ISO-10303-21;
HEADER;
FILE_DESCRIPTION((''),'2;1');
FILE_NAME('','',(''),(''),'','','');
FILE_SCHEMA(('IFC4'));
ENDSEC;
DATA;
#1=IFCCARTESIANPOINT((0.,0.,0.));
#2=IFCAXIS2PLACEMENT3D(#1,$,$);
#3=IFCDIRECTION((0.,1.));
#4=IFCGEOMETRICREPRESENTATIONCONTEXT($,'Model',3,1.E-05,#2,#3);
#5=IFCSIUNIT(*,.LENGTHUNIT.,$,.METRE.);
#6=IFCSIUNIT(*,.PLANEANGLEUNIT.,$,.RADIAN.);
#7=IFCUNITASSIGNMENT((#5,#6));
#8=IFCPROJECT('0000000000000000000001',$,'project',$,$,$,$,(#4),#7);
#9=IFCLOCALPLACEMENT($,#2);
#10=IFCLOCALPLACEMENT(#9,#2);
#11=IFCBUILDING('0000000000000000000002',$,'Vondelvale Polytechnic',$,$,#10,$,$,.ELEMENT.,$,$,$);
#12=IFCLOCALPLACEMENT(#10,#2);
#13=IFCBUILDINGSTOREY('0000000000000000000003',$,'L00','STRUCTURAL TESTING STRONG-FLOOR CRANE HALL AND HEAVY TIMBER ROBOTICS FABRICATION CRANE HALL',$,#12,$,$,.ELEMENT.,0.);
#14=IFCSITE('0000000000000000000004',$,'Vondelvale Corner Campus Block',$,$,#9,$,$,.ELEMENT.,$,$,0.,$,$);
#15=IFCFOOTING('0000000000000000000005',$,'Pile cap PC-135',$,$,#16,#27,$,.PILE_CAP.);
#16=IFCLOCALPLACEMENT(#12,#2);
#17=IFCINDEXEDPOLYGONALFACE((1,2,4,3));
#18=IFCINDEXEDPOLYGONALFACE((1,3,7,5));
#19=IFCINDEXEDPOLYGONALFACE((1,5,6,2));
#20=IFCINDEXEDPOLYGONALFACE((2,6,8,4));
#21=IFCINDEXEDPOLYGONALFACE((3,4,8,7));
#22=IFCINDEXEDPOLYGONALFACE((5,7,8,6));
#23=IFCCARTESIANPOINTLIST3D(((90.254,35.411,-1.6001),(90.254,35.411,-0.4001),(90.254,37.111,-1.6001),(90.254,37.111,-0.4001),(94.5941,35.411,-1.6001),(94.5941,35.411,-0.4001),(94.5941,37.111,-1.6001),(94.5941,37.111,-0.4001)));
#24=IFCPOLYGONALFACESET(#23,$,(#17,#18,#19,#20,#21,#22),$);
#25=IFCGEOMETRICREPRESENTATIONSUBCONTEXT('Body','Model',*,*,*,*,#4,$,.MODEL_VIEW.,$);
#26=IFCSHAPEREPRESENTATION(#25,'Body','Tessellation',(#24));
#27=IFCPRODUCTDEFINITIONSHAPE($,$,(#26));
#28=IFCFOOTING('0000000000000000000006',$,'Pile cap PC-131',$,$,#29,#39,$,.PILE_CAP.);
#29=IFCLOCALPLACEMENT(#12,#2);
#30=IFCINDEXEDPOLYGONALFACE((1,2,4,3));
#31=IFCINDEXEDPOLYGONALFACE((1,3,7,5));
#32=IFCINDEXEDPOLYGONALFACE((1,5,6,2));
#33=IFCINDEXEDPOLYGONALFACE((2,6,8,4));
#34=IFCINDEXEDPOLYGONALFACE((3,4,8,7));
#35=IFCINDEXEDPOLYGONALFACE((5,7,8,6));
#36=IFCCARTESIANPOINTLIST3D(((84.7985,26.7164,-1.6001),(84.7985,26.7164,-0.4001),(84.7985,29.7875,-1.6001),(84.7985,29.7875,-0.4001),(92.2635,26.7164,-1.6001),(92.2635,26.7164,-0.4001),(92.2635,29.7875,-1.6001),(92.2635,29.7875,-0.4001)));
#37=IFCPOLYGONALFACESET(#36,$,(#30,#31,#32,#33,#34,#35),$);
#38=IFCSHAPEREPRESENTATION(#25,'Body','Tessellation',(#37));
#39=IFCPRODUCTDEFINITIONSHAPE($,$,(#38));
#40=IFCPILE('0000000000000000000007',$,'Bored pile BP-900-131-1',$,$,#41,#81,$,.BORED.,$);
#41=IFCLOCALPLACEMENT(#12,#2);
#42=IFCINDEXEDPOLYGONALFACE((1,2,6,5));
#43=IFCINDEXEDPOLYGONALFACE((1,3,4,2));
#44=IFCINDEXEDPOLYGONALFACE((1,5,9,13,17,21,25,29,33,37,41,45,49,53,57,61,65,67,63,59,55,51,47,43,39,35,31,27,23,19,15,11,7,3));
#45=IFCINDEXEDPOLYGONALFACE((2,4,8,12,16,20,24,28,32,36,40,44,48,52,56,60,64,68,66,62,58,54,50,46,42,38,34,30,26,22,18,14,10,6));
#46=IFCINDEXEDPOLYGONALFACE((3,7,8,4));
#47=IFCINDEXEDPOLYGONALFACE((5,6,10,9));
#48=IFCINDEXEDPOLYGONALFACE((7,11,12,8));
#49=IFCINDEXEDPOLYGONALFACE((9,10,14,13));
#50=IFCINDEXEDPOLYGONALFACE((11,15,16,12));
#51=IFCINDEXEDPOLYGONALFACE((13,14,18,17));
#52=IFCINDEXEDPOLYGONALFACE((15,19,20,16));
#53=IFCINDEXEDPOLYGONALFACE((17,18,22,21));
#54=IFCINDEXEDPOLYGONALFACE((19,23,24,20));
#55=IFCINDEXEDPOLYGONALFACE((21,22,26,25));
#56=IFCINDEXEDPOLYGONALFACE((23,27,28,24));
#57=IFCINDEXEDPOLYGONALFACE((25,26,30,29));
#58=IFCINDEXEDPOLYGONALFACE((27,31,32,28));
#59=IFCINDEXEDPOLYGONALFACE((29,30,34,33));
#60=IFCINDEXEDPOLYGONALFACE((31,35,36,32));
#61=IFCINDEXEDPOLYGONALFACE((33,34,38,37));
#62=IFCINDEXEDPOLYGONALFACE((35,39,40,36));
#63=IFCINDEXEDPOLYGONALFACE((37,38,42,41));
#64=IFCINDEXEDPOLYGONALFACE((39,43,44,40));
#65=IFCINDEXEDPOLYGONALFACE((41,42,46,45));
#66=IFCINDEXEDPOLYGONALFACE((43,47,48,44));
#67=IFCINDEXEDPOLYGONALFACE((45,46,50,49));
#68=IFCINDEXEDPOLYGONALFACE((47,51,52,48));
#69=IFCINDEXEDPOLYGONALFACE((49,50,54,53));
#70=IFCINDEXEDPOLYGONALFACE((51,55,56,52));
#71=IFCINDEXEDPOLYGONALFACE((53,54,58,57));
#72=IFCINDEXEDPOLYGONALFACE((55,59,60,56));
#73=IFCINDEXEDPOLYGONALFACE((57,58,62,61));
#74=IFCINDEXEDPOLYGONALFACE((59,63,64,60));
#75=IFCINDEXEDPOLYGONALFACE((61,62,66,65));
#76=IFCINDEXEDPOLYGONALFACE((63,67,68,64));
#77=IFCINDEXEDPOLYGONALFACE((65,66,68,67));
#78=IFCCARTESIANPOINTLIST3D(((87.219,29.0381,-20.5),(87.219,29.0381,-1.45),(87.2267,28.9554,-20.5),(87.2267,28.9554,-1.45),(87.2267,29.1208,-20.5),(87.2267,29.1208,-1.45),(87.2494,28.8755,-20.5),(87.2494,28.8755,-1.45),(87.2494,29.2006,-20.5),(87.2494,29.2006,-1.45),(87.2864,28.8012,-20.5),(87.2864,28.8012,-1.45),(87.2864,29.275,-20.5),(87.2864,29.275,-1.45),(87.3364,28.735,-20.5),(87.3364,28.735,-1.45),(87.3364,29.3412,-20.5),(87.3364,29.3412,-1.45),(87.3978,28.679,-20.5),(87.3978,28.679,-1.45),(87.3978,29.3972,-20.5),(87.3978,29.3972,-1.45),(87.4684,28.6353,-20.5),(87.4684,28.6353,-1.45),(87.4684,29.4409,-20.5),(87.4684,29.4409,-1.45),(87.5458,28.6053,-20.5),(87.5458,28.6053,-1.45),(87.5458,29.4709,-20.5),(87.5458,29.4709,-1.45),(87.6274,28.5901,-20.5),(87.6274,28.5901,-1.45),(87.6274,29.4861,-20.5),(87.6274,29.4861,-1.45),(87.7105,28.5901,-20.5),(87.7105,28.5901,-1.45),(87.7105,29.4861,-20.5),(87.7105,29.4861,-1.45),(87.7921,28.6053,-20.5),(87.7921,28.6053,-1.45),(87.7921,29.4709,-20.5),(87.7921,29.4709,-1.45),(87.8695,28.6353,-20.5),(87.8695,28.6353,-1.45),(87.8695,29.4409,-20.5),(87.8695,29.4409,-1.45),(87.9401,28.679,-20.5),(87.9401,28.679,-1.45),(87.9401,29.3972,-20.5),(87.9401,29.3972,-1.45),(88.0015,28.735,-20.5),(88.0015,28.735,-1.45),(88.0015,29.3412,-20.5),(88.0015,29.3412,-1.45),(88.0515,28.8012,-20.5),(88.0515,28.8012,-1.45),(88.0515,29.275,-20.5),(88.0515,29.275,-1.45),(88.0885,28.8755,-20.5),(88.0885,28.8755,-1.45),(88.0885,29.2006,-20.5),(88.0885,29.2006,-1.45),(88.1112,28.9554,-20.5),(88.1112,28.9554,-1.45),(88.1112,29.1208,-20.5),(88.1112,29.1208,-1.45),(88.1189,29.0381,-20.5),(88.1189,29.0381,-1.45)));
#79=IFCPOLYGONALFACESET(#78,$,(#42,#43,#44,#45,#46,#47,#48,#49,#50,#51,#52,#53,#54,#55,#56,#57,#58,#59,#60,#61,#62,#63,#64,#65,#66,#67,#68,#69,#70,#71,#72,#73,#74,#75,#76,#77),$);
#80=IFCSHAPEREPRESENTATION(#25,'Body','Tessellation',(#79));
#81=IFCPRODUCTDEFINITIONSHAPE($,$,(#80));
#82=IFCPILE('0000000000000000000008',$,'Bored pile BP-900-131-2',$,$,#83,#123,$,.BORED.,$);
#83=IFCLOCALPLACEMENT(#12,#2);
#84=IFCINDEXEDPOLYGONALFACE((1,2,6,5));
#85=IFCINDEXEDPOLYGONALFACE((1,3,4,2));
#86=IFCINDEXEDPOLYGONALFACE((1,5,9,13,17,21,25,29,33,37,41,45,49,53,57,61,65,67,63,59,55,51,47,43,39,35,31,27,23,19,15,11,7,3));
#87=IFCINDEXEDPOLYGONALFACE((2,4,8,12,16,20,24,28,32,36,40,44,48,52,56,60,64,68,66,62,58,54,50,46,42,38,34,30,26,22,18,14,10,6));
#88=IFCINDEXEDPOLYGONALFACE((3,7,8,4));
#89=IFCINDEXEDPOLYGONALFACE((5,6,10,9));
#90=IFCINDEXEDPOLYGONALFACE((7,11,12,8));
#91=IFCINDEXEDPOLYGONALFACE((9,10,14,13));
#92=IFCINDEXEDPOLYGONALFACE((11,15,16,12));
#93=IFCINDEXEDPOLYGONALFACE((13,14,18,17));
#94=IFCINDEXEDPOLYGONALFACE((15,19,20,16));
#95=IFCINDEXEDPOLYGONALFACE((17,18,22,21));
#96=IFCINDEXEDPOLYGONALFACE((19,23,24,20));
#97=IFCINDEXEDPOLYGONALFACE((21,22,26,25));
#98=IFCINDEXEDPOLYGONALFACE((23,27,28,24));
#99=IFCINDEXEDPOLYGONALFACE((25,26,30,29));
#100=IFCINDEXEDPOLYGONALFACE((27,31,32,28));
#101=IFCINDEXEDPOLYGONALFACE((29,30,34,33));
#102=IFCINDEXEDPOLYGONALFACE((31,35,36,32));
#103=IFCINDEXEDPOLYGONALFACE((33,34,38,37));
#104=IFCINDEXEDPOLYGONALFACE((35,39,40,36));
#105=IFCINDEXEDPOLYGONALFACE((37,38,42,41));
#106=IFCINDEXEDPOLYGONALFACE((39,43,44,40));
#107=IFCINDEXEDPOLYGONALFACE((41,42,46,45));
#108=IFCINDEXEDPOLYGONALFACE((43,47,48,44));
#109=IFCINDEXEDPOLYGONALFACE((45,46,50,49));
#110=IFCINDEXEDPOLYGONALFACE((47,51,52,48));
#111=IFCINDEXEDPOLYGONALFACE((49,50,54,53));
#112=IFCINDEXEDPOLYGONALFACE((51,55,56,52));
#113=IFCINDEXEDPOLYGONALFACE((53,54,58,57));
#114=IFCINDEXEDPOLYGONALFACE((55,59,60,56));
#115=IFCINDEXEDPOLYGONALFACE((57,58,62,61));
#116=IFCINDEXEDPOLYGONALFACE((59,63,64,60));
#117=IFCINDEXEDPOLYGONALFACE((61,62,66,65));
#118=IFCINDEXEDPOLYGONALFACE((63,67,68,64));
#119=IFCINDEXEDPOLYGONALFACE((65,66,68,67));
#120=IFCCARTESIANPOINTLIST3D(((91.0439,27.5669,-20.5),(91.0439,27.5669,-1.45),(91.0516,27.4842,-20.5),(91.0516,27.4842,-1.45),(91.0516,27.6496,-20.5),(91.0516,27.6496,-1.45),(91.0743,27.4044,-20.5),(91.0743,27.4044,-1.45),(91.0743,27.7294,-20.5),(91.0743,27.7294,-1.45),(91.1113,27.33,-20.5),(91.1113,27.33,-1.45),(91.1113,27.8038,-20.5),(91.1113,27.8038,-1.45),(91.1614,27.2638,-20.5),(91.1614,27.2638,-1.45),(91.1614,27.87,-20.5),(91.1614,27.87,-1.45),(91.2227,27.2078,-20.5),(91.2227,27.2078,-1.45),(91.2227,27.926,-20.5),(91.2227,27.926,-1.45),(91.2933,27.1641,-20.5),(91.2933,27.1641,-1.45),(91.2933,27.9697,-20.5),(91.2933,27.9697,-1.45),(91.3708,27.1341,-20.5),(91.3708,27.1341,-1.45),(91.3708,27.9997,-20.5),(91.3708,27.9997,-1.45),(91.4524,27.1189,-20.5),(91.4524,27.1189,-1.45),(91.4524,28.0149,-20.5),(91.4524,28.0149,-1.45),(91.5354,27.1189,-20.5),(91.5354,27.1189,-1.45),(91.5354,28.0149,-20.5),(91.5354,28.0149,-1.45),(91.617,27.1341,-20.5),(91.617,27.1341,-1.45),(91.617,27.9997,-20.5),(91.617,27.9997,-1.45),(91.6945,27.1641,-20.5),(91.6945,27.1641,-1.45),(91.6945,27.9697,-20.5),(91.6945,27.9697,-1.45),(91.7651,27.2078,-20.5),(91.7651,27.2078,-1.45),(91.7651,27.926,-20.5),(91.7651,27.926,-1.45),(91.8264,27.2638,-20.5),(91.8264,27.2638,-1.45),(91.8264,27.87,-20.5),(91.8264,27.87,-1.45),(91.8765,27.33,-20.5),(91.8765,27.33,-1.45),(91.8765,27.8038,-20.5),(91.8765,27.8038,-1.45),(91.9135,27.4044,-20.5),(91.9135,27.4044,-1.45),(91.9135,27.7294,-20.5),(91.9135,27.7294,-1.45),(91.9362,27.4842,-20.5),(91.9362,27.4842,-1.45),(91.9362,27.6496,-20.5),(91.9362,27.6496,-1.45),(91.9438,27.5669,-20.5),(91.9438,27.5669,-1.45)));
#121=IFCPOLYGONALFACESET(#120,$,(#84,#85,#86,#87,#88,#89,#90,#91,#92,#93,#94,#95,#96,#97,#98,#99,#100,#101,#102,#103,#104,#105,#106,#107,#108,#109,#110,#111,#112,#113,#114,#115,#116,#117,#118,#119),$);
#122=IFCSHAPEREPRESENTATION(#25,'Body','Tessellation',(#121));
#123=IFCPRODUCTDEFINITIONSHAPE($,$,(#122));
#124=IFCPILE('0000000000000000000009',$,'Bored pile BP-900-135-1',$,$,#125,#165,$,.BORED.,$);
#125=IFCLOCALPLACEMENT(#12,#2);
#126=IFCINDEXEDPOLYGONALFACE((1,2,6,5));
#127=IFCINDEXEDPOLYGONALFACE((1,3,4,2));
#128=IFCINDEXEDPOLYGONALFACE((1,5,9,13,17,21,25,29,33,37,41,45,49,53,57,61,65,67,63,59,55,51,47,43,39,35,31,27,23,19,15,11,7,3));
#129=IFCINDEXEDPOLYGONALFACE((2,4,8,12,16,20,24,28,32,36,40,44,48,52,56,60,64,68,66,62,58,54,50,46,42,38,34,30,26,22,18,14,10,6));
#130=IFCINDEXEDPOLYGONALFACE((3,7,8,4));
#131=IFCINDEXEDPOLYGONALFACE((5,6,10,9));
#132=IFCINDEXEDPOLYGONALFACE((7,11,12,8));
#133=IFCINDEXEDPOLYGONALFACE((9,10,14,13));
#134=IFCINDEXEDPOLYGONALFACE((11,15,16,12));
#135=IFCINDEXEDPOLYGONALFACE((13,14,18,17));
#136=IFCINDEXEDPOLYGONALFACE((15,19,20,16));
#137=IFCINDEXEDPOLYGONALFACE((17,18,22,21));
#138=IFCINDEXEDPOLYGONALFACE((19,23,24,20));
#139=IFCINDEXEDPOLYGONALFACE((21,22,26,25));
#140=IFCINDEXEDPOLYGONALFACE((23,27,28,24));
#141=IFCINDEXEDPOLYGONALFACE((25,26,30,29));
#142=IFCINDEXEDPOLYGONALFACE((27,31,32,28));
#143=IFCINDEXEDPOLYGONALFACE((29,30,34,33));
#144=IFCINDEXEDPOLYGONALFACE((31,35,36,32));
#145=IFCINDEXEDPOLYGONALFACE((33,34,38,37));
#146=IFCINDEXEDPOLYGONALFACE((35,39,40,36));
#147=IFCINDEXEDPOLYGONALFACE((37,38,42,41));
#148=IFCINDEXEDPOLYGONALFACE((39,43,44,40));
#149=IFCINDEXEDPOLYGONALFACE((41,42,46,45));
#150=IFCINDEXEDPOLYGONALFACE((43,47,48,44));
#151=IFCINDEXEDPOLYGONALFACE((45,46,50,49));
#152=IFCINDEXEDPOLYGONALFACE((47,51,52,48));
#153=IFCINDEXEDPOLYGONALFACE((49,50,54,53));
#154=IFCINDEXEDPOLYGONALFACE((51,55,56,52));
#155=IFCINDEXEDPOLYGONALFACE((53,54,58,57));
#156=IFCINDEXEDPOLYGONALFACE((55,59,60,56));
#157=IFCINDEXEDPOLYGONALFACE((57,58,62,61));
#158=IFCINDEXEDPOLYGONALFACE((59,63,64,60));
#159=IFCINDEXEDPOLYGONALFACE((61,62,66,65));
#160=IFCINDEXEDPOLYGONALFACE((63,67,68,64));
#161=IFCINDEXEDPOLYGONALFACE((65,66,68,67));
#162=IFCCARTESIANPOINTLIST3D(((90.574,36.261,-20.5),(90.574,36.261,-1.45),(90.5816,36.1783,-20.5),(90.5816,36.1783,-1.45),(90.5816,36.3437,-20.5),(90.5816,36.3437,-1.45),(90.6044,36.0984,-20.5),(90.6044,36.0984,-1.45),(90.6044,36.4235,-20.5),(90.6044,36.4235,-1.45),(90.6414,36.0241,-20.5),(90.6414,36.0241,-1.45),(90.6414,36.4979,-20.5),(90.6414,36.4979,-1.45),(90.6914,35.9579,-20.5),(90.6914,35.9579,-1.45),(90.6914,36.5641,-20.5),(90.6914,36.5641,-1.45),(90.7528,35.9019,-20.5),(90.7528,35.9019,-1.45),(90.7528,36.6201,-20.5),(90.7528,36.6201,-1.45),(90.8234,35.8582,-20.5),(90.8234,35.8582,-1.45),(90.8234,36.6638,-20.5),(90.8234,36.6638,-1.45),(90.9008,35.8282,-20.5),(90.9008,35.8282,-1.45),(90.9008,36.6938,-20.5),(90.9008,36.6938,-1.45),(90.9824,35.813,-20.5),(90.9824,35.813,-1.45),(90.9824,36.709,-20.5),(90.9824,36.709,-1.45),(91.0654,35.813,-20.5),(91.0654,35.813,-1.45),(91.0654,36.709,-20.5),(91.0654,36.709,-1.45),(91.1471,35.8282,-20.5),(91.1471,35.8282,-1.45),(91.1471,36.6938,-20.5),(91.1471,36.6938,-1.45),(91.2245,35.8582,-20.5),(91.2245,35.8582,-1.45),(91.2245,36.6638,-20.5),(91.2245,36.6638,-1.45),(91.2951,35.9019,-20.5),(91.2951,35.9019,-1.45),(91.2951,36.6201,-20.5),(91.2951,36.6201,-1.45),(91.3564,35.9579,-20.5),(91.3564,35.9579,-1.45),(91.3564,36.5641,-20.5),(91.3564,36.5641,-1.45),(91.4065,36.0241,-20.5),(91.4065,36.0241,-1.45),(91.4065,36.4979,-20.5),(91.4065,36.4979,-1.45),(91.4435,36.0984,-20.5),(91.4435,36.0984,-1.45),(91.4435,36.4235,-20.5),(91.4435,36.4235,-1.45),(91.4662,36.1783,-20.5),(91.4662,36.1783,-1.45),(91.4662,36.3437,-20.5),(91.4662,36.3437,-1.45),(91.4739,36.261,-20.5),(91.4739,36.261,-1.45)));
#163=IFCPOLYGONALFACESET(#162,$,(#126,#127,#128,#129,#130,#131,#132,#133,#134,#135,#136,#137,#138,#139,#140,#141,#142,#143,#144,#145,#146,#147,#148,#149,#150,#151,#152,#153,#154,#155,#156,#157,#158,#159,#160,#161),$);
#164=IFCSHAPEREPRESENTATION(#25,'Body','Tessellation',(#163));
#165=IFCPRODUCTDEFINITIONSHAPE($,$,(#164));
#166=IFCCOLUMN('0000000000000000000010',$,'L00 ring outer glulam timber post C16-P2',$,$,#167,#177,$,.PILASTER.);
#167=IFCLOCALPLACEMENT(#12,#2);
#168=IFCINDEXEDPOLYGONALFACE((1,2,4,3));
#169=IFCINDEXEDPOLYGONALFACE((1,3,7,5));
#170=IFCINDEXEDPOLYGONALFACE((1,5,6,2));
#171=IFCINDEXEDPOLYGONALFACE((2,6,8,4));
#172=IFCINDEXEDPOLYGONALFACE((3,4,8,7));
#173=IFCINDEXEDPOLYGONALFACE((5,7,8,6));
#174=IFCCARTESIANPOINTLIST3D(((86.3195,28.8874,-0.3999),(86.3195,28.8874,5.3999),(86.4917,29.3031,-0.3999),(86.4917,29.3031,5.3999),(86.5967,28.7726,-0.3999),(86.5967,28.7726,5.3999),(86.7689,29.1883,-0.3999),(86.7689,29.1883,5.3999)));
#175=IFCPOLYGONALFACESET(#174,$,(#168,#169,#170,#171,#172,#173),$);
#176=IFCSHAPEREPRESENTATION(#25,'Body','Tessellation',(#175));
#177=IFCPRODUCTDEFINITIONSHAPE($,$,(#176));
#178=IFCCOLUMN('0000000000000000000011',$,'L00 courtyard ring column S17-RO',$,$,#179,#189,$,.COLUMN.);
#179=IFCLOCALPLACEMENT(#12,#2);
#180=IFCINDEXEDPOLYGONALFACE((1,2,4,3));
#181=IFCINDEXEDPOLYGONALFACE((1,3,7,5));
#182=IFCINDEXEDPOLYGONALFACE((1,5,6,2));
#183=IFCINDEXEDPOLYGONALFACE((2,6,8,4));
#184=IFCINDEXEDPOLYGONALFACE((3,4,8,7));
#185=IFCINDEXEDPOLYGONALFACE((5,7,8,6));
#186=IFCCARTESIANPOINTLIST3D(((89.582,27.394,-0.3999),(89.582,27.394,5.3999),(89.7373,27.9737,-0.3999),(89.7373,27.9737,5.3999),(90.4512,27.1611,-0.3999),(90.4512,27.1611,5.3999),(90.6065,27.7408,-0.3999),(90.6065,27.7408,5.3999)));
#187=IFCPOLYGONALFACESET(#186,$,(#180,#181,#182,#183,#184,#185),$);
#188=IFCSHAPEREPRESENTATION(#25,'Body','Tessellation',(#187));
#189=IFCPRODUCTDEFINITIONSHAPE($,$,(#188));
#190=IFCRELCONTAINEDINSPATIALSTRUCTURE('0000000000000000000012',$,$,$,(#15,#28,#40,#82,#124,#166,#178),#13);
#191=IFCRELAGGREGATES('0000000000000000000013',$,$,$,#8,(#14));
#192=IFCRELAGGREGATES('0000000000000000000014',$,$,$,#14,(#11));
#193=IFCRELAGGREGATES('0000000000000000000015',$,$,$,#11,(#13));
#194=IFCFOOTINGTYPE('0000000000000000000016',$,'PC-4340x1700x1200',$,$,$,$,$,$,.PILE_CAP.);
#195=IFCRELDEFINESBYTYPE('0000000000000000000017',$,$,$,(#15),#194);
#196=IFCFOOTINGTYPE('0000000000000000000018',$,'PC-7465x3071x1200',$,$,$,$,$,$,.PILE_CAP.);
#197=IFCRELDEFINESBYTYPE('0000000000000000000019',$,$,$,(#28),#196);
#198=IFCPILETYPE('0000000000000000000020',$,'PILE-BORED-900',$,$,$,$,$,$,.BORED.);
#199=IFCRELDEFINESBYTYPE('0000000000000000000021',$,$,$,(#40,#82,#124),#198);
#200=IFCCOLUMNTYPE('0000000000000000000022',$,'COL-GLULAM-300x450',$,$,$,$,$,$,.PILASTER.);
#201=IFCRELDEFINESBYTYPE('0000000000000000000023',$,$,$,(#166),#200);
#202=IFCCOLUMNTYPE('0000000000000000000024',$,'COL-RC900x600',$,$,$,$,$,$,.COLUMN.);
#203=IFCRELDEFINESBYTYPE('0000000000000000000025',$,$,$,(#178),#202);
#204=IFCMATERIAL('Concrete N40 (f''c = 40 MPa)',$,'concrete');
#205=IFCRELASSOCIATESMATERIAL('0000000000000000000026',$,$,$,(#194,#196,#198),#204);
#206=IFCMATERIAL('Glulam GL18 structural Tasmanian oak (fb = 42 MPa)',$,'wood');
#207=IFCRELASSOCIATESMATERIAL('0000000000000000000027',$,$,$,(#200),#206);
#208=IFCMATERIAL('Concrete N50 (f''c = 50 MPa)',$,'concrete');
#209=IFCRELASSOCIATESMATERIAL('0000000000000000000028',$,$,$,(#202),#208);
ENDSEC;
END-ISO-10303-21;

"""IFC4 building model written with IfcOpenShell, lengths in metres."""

from ifc_helpers import new_model, si_unit, direction, frame, origin, origin_2d, place, context, subcontext, project, spatial, rectangle, circle, extrude, material, material_profile, profile_set, type_object, element, save


model = new_model("IFC4")

# Units and contexts
model_context = context("Model", 3, precision=1e-05, world=origin(), true_north=direction((0.0, 1.0)))
body_context = subcontext(model_context, "Body", "Model", "MODEL_VIEW")
ifc_project = project(units=[si_unit("LENGTHUNIT", "METRE"), si_unit("PLANEANGLEUNIT", "RADIAN")], contexts=[model_context])

# Site, building, storey
site_placement = place(None, origin())
site = spatial("IfcSite", under=ifc_project, at=site_placement, Name="Vondelvale Corner Campus Block", CompositionType="ELEMENT", RefElevation=0.0)
building_placement = place(site_placement, origin())
building = spatial("IfcBuilding", under=site, at=building_placement, Name="Vondelvale Polytechnic", CompositionType="ELEMENT")
storey_placement = place(building_placement, origin())
storey = spatial("IfcBuildingStorey", under=building, at=storey_placement, Name="L00", Description="STRUCTURAL TESTING STRONG-FLOOR CRANE HALL AND HEAVY TIMBER ROBOTICS FABRICATION CRANE HALL", CompositionType="ELEMENT", Elevation=0.0)

# Footings
ifc_material_1 = material(Name="Concrete N40 (f'c = 40 MPa)", Category="concrete")
footing_type_1 = type_object("IfcFootingType", Name="PC-4340x1700x1200", PredefinedType="PILE_CAP", material=ifc_material_1)
footing_1_placement = place(storey_placement, frame((92.4241, 36.261, -1.6001), z_axis=(0.0, 0.0, 1.0), x_axis=(1.0, 0.0, 0.0)))
element("IfcFooting", 1, at=footing_1_placement, inside=storey, type_object=footing_type_1, Name="Pile cap PC-135", PredefinedType="PILE_CAP", context=body_context, shape_type="SweptSolid", body=[
    extrude(rectangle(XDim=4.3401, YDim=1.7, at=origin_2d()), origin(), (0.0, 0.0, 1.0), 1.2),
])
footing_type_2 = type_object("IfcFootingType", Name="PC-7465x3071x1200", PredefinedType="PILE_CAP", material=ifc_material_1)
footing_2_placement = place(storey_placement, frame((88.531, 28.252, -1.6001), z_axis=(0.0, 0.0, 1.0), x_axis=(1.0, 0.0, 0.0)))
element("IfcFooting", 2, at=footing_2_placement, inside=storey, type_object=footing_type_2, Name="Pile cap PC-131", PredefinedType="PILE_CAP", context=body_context, shape_type="SweptSolid", body=[
    extrude(rectangle(XDim=7.4651, YDim=3.071, at=origin_2d()), origin(), (0.0, 0.0, 1.0), 1.2),
])

# Piles
ifc_material_profile_1 = material_profile(ifc_material_1, circle(Radius=0.45, at=origin_2d()), Name="PILE-D900")
ifc_profile_set_1 = profile_set([ifc_material_profile_1], Name="Concrete N40 (f'c = 40 MPa)")
pile_type = type_object("IfcPileType", Name="PILE-BORED-900", PredefinedType="BORED", material=ifc_profile_set_1)
for number, where, z_axis, x_axis, name in (
    (3, (87.6689, 29.0381, -1.45), (0.0, 0.0, -1.0), (1.0, 0.0, 0.0), "Bored pile BP-900-131-1"),
    (4, (91.4939, 27.5669, -1.45), (0.0, 0.0, -1.0), (1.0, 0.0, 0.0), "Bored pile BP-900-131-2"),
    (5, (91.0239, 36.261, -1.45), (0.0, 0.0, -1.0), (1.0, 0.0, 0.0), "Bored pile BP-900-135-1"),
):
    element("IfcPile", number, at=place(storey_placement, frame(where, z_axis=z_axis, x_axis=x_axis)), inside=storey, type_object=pile_type, Name=name, PredefinedType="BORED", context=body_context, shape_type="SweptSolid", body=[
        extrude(circle(Radius=0.45, at=origin_2d()), origin(), (0.0, 0.0, 1.0), 19.05),
    ])

# Columns
ifc_material_2 = material(Name="Glulam GL18 structural Tasmanian oak (fb = 42 MPa)", Category="wood")
ifc_material_profile_2 = material_profile(ifc_material_2, rectangle(XDim=0.3, YDim=0.45, at=origin_2d()), Name="GL-POST-300x450")
ifc_profile_set_2 = profile_set([ifc_material_profile_2], Name="Glulam GL18 structural Tasmanian oak (fb = 42 MPa)")
column_type_1 = type_object("IfcColumnType", Name="COL-GLULAM-300x450", PredefinedType="PILASTER", material=ifc_profile_set_2)
column_1_placement = place(storey_placement, frame((86.5442, 29.0378, -0.3999), z_axis=(0.0, 0.0, 1.0), x_axis=(-0.92388, 0.382683, 0.0)))
element("IfcColumn", 6, at=column_1_placement, inside=storey, type_object=column_type_1, Name="L00 ring outer glulam timber post C16-P2", PredefinedType="PILASTER", context=body_context, shape_type="SweptSolid", body=[
    extrude(rectangle(XDim=0.3, YDim=0.45, at=origin_2d()), origin(), (0.0, 0.0, 1.0), 5.7998),
])
ifc_material_3 = material(Name="Concrete N50 (f'c = 50 MPa)", Category="concrete")
ifc_material_profile_3 = material_profile(ifc_material_3, rectangle(XDim=0.6001, YDim=0.8999, at=origin_2d()), Name="RC-COL-900x600")
ifc_profile_set_3 = profile_set([ifc_material_profile_3], Name="Concrete N50 (f'c = 50 MPa)")
column_type_2 = type_object("IfcColumnType", Name="COL-RC900x600", PredefinedType="COLUMN", material=ifc_profile_set_3)
column_2_placement = place(storey_placement, frame((90.0942, 27.5674, -0.3999), z_axis=(0.0, 0.0, 1.0), x_axis=(0.258819, 0.965926, 0.0)))
element("IfcColumn", 7, at=column_2_placement, inside=storey, type_object=column_type_2, Name="L00 courtyard ring column S17-RO", PredefinedType="COLUMN", context=body_context, shape_type="SweptSolid", body=[
    extrude(rectangle(XDim=0.6001, YDim=0.8999, at=origin_2d()), origin(), (0.0, 0.0, 1.0), 5.7998),
])

save(model, "model.ifc")
